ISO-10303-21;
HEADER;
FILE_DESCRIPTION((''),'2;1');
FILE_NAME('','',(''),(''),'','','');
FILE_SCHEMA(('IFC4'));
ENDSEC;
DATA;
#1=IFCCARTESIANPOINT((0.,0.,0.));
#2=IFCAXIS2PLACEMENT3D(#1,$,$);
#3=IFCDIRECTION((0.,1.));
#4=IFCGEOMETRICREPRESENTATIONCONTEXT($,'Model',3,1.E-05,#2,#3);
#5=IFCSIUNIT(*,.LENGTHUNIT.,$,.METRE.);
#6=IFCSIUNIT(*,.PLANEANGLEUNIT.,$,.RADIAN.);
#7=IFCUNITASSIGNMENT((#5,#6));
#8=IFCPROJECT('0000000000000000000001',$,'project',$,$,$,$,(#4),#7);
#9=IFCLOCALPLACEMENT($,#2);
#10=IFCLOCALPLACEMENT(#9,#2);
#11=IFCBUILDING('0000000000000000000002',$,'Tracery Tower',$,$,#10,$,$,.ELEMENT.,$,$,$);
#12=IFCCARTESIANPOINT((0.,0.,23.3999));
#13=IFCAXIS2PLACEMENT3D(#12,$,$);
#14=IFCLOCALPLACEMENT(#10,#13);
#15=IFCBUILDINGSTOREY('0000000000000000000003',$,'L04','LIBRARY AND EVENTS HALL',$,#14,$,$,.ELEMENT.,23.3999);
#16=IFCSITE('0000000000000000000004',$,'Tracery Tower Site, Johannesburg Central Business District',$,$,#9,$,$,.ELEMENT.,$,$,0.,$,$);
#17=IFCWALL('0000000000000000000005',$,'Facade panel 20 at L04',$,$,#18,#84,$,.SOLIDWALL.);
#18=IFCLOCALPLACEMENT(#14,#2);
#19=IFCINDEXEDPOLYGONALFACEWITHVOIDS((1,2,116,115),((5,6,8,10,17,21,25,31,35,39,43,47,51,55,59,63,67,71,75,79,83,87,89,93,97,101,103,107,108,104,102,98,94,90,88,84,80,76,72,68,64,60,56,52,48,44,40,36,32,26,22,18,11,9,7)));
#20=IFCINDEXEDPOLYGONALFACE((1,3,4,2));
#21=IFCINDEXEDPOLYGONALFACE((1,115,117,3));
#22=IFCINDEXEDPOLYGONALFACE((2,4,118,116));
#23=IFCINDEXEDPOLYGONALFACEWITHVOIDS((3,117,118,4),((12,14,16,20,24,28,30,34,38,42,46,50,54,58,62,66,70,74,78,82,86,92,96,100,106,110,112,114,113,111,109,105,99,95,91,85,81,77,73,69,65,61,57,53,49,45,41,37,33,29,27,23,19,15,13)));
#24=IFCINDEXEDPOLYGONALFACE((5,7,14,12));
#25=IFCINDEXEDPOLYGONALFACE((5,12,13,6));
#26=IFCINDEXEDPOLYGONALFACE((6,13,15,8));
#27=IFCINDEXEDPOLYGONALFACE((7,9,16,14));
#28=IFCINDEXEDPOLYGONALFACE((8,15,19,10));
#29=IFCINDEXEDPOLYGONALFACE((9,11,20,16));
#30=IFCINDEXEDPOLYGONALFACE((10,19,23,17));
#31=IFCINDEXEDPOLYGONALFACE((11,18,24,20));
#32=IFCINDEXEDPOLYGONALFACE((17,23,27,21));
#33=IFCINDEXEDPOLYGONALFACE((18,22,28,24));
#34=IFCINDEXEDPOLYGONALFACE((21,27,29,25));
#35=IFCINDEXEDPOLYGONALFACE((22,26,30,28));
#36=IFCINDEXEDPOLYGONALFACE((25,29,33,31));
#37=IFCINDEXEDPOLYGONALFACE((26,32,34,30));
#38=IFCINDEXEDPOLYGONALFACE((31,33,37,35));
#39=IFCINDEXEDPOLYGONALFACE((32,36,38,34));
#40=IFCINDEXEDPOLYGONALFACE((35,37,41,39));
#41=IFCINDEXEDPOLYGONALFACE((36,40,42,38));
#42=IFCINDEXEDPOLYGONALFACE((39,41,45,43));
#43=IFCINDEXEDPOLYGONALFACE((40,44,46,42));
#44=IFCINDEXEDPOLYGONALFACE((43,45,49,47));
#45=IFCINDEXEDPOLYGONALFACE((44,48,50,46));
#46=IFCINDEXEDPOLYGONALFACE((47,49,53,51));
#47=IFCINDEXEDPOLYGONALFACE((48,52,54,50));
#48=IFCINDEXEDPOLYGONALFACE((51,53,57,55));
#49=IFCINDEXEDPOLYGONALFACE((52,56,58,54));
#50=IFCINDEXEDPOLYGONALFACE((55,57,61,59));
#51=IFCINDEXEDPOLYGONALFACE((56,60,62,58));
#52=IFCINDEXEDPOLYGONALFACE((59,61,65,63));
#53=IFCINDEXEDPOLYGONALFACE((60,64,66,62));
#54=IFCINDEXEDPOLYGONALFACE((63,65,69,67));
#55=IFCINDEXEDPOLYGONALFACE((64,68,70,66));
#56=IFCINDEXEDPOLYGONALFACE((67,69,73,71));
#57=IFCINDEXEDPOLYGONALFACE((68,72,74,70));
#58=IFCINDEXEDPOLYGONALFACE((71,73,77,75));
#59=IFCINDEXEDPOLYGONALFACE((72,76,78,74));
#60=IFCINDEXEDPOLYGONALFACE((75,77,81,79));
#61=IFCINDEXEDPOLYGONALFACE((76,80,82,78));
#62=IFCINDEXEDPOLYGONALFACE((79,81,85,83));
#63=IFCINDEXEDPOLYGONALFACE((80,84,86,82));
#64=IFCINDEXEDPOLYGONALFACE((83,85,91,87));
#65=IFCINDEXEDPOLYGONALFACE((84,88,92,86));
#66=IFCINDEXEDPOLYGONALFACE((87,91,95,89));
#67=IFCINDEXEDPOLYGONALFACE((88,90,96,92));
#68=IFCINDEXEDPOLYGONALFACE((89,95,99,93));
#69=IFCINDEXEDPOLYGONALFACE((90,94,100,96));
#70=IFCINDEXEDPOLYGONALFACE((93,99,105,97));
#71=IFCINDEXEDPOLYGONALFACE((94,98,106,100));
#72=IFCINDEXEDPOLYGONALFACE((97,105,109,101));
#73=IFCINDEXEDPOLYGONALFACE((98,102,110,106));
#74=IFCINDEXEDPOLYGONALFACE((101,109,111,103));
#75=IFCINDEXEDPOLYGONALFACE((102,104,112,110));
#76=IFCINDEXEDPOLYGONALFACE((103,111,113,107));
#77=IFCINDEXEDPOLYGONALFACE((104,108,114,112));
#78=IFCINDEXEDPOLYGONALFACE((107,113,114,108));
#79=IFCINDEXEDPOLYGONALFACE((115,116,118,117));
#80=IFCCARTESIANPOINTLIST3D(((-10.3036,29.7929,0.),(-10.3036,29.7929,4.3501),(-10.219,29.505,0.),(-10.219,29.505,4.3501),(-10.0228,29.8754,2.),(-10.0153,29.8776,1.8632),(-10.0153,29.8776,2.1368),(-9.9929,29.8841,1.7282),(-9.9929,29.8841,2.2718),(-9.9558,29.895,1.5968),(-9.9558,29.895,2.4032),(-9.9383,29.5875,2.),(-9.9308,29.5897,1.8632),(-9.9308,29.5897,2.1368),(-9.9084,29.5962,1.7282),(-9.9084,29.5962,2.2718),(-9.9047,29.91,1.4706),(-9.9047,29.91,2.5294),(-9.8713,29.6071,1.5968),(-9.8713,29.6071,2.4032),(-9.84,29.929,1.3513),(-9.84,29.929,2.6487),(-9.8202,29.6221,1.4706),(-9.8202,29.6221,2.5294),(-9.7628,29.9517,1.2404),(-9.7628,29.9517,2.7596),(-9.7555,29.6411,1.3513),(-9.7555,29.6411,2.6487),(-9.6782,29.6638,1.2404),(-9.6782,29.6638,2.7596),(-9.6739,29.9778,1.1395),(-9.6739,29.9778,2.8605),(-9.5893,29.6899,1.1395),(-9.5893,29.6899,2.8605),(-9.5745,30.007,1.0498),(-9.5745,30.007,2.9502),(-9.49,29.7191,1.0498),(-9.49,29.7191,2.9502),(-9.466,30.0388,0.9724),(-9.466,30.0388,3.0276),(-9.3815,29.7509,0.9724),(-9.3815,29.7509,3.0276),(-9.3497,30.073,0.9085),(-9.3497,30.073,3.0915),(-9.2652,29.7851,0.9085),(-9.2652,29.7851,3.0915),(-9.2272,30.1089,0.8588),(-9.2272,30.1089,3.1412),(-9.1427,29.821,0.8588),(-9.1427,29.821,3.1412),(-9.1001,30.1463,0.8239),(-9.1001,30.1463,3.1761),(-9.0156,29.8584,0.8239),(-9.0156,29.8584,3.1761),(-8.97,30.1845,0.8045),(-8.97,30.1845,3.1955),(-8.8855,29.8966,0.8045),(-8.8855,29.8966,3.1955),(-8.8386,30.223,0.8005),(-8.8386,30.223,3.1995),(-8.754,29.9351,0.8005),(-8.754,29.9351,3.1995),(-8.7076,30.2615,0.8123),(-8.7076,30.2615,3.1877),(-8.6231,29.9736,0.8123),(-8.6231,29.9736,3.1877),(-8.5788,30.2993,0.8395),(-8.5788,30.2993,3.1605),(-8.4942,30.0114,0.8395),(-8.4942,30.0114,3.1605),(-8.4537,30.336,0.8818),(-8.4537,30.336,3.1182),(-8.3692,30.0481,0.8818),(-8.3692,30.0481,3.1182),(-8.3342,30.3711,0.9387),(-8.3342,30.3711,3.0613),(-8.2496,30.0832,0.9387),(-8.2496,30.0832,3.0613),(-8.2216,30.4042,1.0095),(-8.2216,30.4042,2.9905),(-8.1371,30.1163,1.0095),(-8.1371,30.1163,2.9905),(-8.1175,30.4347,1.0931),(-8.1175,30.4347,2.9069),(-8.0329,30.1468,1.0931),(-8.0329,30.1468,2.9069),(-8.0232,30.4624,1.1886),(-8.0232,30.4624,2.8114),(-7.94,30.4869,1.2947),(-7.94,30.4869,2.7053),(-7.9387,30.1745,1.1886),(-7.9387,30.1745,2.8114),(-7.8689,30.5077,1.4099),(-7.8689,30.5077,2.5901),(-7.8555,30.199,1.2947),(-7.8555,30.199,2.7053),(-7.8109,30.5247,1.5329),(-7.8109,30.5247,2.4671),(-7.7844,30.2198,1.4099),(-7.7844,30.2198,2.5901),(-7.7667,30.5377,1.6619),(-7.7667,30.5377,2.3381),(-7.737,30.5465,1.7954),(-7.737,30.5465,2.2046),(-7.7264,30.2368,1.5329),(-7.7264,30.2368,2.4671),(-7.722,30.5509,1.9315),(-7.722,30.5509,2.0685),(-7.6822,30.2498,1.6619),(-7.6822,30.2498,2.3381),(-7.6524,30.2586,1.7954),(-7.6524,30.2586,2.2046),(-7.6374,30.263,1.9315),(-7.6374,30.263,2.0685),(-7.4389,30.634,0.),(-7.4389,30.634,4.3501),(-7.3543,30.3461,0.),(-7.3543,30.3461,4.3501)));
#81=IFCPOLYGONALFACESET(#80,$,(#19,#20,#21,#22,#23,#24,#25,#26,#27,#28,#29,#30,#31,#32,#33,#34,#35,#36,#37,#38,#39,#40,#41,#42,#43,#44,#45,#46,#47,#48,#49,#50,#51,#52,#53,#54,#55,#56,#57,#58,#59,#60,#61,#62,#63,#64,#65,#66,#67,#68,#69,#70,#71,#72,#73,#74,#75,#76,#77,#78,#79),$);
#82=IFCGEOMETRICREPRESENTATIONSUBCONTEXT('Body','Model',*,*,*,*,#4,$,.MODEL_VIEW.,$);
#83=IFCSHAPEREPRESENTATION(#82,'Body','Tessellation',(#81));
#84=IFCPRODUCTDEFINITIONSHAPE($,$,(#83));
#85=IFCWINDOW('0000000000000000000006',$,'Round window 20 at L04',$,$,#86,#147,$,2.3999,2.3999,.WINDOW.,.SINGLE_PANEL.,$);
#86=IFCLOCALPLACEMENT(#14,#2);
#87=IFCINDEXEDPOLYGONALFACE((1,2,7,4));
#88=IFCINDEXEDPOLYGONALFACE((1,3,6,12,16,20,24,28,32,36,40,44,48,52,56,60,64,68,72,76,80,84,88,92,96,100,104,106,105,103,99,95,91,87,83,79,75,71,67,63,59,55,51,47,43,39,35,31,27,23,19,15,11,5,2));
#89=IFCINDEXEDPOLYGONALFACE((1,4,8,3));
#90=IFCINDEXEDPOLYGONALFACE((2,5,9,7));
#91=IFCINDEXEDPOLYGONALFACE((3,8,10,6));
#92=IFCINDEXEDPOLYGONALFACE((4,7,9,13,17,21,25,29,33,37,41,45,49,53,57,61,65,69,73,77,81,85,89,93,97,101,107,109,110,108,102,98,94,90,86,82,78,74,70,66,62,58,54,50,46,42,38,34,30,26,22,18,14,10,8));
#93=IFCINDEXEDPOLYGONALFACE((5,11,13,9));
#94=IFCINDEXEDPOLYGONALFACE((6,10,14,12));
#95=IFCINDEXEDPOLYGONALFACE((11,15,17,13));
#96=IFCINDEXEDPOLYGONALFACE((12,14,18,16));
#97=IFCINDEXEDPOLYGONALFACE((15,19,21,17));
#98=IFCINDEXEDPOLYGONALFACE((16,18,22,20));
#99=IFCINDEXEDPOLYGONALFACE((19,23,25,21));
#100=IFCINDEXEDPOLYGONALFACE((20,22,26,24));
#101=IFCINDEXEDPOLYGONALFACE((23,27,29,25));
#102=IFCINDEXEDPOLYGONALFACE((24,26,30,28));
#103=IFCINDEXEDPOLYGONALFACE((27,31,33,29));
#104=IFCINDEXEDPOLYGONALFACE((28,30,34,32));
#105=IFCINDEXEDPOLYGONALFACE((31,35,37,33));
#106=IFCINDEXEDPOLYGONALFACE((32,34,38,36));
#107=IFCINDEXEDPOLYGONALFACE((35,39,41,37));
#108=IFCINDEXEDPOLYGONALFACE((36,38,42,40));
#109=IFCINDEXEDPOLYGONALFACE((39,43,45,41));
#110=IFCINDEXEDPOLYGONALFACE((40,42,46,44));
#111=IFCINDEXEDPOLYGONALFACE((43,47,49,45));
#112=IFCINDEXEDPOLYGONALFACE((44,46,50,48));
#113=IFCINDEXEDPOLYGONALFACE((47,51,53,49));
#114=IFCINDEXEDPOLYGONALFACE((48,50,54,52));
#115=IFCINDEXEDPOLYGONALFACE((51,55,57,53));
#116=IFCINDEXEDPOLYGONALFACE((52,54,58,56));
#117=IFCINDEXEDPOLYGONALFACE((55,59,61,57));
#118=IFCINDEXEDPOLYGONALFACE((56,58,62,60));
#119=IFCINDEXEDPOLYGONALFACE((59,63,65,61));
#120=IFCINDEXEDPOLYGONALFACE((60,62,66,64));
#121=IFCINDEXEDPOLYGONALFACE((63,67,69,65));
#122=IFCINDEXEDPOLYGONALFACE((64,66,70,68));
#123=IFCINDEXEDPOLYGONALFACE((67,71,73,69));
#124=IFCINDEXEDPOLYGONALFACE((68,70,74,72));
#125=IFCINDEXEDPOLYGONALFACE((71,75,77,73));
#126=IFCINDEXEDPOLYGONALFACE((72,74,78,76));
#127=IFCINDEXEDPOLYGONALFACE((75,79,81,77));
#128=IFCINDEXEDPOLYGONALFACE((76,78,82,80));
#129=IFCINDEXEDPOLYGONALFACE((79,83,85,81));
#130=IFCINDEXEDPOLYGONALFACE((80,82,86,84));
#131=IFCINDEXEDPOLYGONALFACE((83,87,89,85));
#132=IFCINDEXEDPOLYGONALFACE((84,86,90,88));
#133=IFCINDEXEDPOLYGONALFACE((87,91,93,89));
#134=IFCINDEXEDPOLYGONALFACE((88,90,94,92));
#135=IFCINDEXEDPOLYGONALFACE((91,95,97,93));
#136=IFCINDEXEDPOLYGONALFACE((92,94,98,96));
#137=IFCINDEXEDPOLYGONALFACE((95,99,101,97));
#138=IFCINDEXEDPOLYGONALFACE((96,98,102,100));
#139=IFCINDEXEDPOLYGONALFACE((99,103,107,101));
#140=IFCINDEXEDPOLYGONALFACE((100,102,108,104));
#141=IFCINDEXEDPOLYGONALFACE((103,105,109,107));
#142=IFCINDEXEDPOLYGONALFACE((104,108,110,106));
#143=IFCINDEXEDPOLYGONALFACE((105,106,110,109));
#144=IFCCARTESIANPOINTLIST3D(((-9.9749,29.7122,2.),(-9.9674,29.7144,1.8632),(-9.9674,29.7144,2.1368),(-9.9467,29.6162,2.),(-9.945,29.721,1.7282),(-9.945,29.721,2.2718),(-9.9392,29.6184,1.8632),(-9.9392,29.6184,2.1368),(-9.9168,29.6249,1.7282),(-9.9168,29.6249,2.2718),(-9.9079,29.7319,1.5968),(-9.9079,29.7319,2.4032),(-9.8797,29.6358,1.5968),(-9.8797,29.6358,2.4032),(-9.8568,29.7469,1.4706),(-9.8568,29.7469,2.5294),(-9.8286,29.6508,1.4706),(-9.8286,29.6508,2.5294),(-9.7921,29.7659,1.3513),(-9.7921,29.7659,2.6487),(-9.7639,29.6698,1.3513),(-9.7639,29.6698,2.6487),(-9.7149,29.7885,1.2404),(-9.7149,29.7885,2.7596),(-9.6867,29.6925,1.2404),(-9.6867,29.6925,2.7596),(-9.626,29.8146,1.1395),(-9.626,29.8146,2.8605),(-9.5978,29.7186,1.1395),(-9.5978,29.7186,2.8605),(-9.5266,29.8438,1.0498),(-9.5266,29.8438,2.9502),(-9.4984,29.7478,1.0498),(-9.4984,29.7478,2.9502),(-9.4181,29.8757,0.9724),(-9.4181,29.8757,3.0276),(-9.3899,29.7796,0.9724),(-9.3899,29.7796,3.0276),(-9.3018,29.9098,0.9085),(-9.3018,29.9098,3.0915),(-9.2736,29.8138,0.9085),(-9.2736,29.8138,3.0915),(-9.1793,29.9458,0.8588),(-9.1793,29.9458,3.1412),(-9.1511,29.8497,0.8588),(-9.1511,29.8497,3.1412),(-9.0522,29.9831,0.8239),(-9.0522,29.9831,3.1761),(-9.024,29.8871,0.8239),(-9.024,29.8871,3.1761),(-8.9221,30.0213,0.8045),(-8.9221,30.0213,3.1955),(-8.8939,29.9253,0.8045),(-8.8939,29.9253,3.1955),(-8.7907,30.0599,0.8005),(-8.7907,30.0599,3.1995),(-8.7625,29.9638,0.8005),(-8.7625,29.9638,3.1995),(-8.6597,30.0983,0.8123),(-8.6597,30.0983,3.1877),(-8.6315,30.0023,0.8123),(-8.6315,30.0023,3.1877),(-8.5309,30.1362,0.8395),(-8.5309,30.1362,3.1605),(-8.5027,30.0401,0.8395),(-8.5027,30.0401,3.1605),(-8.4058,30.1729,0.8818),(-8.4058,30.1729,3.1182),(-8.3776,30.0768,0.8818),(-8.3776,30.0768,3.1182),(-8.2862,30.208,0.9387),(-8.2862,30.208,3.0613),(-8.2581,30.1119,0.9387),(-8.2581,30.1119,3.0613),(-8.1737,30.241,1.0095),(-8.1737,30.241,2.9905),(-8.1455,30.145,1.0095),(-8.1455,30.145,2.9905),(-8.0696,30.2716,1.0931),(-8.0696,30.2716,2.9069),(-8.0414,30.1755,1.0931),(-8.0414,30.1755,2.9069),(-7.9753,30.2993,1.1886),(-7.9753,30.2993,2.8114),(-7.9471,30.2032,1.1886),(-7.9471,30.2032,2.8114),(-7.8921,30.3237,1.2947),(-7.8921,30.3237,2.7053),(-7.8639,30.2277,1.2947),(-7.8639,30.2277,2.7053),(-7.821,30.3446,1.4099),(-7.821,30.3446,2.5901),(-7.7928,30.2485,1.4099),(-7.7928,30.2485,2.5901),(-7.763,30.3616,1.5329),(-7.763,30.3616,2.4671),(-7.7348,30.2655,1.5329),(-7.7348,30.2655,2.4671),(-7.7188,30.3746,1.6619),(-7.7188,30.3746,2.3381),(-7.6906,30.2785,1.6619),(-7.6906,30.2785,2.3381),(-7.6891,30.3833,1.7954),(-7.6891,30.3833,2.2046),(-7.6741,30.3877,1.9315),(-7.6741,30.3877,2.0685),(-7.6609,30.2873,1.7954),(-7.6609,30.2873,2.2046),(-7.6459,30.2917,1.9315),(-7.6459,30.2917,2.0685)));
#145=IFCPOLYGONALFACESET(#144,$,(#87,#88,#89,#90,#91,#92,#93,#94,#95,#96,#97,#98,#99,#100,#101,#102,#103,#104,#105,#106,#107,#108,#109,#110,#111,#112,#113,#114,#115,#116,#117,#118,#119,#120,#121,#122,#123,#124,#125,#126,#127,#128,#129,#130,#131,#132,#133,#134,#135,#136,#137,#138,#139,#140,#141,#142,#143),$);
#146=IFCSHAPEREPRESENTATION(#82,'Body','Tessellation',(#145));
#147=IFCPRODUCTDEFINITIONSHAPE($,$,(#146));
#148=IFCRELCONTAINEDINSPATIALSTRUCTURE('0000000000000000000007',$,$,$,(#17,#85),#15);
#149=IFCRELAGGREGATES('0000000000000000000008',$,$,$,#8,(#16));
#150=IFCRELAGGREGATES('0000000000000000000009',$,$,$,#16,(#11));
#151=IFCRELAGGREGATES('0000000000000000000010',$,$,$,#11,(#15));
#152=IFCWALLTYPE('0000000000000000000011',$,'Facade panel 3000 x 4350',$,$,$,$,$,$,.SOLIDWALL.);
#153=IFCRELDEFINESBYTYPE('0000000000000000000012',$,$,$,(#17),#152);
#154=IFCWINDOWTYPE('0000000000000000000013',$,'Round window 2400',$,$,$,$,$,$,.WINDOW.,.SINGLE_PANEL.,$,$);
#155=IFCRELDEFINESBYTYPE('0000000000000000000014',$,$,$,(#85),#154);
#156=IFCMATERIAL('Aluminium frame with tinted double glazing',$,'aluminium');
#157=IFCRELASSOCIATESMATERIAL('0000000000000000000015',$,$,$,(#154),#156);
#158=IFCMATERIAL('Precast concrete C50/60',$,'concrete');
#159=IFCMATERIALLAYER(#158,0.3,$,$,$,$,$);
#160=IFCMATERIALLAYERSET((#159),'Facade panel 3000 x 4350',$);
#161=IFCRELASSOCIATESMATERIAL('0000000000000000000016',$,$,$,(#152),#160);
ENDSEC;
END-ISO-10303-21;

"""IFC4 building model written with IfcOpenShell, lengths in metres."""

from ifc_helpers import new_model, si_unit, direction, frame, frame_2d, origin, origin_2d, place, context, subcontext, project, spatial, rectangle, circle, extrude, material, layer, layer_set, type_object, element, fill, save


model = new_model("IFC4")

# Units and contexts
model_context = context("Model", 3, precision=1e-05, world=origin(), true_north=direction((0.0, 1.0)))
body_context = subcontext(model_context, "Body", "Model", "MODEL_VIEW")
ifc_project = project(units=[si_unit("LENGTHUNIT", "METRE"), si_unit("PLANEANGLEUNIT", "RADIAN")], contexts=[model_context])

# Site, building, storey
site_placement = place(None, origin())
site = spatial("IfcSite", under=ifc_project, at=site_placement, Name="Tracery Tower Site, Johannesburg Central Business District", CompositionType="ELEMENT", RefElevation=0.0)
building_placement = place(site_placement, origin())
building = spatial("IfcBuilding", under=site, at=building_placement, Name="Tracery Tower", CompositionType="ELEMENT")
storey_placement = place(building_placement, frame((0.0, 0.0, 23.3999)))
storey = spatial("IfcBuildingStorey", under=building, at=storey_placement, Name="L04", Description="LIBRARY AND EVENTS HALL", CompositionType="ELEMENT", Elevation=23.3999)

# Wall, opening, window
ifc_material_1 = material(Name="Aluminium frame with tinted double glazing", Category="aluminium")
window_type = type_object("IfcWindowType", Name="Round window 2400", PartitioningType="SINGLE_PANEL", PredefinedType="WINDOW", material=ifc_material_1)
ifc_material_2 = material(Name="Precast concrete C50/60", Category="concrete")
ifc_layer_1 = layer(ifc_material_2, 0.3)
ifc_layer_set_1 = layer_set([ifc_layer_1], Name="Facade panel 3000 x 4350")
wall_type_1 = type_object("IfcWallType", Name="Facade panel 3000 x 4350", PredefinedType="SOLIDWALL", material=ifc_layer_set_1)
wall_1_placement = place(storey_placement, frame((-7.3967, 30.49, 0.0), z_axis=(0.0, 0.0, 1.0), x_axis=(-0.959502, -0.281701, 0.0)))
wall_1 = element("IfcWall", 1, at=wall_1_placement, inside=storey, type_object=wall_type_1, Name="Facade panel 20 at L04", PredefinedType="SOLIDWALL", context=body_context, shape_type="SweptSolid", body=[
    extrude(rectangle(XDim=2.9856, YDim=0.3, at=frame_2d((1.4927, 0.0))), origin(), (0.0, 0.0, 1.0), 4.3501),
])
opening_1_placement = place(wall_1_placement, frame((1.4929, 0.0, 2.0)))
opening_1 = element("IfcOpeningElement", 2, at=opening_1_placement, cuts=wall_1, PredefinedType="OPENING", context=body_context, shape_type="SweptSolid", body=[
    extrude(circle(Radius=1.2, at=origin_2d()), frame((0.0, 0.1599, 0.0), z_axis=(0.0, -1.0, 0.0), x_axis=(1.0, 0.0, 0.0)), (0.0, 0.0, 1.0), 0.3201),
])
window_1_placement = place(opening_1_placement, origin())
window_1 = element("IfcWindow", 3, at=window_1_placement, inside=storey, type_object=window_type, Name="Round window 20 at L04", OverallHeight=2.3999, OverallWidth=2.3999, PartitioningType="SINGLE_PANEL", PredefinedType="WINDOW", context=body_context, shape_type="SweptSolid", body=[
    extrude(circle(Radius=1.2, at=origin_2d()), frame((0.0, 0.1201, 0.0), z_axis=(0.0, -1.0, 0.0), x_axis=(1.0, 0.0, 0.0)), (0.0, 0.0, 1.0), 0.1001),
])
fill(opening_1, window_1)

save(model, "model.ifc")
